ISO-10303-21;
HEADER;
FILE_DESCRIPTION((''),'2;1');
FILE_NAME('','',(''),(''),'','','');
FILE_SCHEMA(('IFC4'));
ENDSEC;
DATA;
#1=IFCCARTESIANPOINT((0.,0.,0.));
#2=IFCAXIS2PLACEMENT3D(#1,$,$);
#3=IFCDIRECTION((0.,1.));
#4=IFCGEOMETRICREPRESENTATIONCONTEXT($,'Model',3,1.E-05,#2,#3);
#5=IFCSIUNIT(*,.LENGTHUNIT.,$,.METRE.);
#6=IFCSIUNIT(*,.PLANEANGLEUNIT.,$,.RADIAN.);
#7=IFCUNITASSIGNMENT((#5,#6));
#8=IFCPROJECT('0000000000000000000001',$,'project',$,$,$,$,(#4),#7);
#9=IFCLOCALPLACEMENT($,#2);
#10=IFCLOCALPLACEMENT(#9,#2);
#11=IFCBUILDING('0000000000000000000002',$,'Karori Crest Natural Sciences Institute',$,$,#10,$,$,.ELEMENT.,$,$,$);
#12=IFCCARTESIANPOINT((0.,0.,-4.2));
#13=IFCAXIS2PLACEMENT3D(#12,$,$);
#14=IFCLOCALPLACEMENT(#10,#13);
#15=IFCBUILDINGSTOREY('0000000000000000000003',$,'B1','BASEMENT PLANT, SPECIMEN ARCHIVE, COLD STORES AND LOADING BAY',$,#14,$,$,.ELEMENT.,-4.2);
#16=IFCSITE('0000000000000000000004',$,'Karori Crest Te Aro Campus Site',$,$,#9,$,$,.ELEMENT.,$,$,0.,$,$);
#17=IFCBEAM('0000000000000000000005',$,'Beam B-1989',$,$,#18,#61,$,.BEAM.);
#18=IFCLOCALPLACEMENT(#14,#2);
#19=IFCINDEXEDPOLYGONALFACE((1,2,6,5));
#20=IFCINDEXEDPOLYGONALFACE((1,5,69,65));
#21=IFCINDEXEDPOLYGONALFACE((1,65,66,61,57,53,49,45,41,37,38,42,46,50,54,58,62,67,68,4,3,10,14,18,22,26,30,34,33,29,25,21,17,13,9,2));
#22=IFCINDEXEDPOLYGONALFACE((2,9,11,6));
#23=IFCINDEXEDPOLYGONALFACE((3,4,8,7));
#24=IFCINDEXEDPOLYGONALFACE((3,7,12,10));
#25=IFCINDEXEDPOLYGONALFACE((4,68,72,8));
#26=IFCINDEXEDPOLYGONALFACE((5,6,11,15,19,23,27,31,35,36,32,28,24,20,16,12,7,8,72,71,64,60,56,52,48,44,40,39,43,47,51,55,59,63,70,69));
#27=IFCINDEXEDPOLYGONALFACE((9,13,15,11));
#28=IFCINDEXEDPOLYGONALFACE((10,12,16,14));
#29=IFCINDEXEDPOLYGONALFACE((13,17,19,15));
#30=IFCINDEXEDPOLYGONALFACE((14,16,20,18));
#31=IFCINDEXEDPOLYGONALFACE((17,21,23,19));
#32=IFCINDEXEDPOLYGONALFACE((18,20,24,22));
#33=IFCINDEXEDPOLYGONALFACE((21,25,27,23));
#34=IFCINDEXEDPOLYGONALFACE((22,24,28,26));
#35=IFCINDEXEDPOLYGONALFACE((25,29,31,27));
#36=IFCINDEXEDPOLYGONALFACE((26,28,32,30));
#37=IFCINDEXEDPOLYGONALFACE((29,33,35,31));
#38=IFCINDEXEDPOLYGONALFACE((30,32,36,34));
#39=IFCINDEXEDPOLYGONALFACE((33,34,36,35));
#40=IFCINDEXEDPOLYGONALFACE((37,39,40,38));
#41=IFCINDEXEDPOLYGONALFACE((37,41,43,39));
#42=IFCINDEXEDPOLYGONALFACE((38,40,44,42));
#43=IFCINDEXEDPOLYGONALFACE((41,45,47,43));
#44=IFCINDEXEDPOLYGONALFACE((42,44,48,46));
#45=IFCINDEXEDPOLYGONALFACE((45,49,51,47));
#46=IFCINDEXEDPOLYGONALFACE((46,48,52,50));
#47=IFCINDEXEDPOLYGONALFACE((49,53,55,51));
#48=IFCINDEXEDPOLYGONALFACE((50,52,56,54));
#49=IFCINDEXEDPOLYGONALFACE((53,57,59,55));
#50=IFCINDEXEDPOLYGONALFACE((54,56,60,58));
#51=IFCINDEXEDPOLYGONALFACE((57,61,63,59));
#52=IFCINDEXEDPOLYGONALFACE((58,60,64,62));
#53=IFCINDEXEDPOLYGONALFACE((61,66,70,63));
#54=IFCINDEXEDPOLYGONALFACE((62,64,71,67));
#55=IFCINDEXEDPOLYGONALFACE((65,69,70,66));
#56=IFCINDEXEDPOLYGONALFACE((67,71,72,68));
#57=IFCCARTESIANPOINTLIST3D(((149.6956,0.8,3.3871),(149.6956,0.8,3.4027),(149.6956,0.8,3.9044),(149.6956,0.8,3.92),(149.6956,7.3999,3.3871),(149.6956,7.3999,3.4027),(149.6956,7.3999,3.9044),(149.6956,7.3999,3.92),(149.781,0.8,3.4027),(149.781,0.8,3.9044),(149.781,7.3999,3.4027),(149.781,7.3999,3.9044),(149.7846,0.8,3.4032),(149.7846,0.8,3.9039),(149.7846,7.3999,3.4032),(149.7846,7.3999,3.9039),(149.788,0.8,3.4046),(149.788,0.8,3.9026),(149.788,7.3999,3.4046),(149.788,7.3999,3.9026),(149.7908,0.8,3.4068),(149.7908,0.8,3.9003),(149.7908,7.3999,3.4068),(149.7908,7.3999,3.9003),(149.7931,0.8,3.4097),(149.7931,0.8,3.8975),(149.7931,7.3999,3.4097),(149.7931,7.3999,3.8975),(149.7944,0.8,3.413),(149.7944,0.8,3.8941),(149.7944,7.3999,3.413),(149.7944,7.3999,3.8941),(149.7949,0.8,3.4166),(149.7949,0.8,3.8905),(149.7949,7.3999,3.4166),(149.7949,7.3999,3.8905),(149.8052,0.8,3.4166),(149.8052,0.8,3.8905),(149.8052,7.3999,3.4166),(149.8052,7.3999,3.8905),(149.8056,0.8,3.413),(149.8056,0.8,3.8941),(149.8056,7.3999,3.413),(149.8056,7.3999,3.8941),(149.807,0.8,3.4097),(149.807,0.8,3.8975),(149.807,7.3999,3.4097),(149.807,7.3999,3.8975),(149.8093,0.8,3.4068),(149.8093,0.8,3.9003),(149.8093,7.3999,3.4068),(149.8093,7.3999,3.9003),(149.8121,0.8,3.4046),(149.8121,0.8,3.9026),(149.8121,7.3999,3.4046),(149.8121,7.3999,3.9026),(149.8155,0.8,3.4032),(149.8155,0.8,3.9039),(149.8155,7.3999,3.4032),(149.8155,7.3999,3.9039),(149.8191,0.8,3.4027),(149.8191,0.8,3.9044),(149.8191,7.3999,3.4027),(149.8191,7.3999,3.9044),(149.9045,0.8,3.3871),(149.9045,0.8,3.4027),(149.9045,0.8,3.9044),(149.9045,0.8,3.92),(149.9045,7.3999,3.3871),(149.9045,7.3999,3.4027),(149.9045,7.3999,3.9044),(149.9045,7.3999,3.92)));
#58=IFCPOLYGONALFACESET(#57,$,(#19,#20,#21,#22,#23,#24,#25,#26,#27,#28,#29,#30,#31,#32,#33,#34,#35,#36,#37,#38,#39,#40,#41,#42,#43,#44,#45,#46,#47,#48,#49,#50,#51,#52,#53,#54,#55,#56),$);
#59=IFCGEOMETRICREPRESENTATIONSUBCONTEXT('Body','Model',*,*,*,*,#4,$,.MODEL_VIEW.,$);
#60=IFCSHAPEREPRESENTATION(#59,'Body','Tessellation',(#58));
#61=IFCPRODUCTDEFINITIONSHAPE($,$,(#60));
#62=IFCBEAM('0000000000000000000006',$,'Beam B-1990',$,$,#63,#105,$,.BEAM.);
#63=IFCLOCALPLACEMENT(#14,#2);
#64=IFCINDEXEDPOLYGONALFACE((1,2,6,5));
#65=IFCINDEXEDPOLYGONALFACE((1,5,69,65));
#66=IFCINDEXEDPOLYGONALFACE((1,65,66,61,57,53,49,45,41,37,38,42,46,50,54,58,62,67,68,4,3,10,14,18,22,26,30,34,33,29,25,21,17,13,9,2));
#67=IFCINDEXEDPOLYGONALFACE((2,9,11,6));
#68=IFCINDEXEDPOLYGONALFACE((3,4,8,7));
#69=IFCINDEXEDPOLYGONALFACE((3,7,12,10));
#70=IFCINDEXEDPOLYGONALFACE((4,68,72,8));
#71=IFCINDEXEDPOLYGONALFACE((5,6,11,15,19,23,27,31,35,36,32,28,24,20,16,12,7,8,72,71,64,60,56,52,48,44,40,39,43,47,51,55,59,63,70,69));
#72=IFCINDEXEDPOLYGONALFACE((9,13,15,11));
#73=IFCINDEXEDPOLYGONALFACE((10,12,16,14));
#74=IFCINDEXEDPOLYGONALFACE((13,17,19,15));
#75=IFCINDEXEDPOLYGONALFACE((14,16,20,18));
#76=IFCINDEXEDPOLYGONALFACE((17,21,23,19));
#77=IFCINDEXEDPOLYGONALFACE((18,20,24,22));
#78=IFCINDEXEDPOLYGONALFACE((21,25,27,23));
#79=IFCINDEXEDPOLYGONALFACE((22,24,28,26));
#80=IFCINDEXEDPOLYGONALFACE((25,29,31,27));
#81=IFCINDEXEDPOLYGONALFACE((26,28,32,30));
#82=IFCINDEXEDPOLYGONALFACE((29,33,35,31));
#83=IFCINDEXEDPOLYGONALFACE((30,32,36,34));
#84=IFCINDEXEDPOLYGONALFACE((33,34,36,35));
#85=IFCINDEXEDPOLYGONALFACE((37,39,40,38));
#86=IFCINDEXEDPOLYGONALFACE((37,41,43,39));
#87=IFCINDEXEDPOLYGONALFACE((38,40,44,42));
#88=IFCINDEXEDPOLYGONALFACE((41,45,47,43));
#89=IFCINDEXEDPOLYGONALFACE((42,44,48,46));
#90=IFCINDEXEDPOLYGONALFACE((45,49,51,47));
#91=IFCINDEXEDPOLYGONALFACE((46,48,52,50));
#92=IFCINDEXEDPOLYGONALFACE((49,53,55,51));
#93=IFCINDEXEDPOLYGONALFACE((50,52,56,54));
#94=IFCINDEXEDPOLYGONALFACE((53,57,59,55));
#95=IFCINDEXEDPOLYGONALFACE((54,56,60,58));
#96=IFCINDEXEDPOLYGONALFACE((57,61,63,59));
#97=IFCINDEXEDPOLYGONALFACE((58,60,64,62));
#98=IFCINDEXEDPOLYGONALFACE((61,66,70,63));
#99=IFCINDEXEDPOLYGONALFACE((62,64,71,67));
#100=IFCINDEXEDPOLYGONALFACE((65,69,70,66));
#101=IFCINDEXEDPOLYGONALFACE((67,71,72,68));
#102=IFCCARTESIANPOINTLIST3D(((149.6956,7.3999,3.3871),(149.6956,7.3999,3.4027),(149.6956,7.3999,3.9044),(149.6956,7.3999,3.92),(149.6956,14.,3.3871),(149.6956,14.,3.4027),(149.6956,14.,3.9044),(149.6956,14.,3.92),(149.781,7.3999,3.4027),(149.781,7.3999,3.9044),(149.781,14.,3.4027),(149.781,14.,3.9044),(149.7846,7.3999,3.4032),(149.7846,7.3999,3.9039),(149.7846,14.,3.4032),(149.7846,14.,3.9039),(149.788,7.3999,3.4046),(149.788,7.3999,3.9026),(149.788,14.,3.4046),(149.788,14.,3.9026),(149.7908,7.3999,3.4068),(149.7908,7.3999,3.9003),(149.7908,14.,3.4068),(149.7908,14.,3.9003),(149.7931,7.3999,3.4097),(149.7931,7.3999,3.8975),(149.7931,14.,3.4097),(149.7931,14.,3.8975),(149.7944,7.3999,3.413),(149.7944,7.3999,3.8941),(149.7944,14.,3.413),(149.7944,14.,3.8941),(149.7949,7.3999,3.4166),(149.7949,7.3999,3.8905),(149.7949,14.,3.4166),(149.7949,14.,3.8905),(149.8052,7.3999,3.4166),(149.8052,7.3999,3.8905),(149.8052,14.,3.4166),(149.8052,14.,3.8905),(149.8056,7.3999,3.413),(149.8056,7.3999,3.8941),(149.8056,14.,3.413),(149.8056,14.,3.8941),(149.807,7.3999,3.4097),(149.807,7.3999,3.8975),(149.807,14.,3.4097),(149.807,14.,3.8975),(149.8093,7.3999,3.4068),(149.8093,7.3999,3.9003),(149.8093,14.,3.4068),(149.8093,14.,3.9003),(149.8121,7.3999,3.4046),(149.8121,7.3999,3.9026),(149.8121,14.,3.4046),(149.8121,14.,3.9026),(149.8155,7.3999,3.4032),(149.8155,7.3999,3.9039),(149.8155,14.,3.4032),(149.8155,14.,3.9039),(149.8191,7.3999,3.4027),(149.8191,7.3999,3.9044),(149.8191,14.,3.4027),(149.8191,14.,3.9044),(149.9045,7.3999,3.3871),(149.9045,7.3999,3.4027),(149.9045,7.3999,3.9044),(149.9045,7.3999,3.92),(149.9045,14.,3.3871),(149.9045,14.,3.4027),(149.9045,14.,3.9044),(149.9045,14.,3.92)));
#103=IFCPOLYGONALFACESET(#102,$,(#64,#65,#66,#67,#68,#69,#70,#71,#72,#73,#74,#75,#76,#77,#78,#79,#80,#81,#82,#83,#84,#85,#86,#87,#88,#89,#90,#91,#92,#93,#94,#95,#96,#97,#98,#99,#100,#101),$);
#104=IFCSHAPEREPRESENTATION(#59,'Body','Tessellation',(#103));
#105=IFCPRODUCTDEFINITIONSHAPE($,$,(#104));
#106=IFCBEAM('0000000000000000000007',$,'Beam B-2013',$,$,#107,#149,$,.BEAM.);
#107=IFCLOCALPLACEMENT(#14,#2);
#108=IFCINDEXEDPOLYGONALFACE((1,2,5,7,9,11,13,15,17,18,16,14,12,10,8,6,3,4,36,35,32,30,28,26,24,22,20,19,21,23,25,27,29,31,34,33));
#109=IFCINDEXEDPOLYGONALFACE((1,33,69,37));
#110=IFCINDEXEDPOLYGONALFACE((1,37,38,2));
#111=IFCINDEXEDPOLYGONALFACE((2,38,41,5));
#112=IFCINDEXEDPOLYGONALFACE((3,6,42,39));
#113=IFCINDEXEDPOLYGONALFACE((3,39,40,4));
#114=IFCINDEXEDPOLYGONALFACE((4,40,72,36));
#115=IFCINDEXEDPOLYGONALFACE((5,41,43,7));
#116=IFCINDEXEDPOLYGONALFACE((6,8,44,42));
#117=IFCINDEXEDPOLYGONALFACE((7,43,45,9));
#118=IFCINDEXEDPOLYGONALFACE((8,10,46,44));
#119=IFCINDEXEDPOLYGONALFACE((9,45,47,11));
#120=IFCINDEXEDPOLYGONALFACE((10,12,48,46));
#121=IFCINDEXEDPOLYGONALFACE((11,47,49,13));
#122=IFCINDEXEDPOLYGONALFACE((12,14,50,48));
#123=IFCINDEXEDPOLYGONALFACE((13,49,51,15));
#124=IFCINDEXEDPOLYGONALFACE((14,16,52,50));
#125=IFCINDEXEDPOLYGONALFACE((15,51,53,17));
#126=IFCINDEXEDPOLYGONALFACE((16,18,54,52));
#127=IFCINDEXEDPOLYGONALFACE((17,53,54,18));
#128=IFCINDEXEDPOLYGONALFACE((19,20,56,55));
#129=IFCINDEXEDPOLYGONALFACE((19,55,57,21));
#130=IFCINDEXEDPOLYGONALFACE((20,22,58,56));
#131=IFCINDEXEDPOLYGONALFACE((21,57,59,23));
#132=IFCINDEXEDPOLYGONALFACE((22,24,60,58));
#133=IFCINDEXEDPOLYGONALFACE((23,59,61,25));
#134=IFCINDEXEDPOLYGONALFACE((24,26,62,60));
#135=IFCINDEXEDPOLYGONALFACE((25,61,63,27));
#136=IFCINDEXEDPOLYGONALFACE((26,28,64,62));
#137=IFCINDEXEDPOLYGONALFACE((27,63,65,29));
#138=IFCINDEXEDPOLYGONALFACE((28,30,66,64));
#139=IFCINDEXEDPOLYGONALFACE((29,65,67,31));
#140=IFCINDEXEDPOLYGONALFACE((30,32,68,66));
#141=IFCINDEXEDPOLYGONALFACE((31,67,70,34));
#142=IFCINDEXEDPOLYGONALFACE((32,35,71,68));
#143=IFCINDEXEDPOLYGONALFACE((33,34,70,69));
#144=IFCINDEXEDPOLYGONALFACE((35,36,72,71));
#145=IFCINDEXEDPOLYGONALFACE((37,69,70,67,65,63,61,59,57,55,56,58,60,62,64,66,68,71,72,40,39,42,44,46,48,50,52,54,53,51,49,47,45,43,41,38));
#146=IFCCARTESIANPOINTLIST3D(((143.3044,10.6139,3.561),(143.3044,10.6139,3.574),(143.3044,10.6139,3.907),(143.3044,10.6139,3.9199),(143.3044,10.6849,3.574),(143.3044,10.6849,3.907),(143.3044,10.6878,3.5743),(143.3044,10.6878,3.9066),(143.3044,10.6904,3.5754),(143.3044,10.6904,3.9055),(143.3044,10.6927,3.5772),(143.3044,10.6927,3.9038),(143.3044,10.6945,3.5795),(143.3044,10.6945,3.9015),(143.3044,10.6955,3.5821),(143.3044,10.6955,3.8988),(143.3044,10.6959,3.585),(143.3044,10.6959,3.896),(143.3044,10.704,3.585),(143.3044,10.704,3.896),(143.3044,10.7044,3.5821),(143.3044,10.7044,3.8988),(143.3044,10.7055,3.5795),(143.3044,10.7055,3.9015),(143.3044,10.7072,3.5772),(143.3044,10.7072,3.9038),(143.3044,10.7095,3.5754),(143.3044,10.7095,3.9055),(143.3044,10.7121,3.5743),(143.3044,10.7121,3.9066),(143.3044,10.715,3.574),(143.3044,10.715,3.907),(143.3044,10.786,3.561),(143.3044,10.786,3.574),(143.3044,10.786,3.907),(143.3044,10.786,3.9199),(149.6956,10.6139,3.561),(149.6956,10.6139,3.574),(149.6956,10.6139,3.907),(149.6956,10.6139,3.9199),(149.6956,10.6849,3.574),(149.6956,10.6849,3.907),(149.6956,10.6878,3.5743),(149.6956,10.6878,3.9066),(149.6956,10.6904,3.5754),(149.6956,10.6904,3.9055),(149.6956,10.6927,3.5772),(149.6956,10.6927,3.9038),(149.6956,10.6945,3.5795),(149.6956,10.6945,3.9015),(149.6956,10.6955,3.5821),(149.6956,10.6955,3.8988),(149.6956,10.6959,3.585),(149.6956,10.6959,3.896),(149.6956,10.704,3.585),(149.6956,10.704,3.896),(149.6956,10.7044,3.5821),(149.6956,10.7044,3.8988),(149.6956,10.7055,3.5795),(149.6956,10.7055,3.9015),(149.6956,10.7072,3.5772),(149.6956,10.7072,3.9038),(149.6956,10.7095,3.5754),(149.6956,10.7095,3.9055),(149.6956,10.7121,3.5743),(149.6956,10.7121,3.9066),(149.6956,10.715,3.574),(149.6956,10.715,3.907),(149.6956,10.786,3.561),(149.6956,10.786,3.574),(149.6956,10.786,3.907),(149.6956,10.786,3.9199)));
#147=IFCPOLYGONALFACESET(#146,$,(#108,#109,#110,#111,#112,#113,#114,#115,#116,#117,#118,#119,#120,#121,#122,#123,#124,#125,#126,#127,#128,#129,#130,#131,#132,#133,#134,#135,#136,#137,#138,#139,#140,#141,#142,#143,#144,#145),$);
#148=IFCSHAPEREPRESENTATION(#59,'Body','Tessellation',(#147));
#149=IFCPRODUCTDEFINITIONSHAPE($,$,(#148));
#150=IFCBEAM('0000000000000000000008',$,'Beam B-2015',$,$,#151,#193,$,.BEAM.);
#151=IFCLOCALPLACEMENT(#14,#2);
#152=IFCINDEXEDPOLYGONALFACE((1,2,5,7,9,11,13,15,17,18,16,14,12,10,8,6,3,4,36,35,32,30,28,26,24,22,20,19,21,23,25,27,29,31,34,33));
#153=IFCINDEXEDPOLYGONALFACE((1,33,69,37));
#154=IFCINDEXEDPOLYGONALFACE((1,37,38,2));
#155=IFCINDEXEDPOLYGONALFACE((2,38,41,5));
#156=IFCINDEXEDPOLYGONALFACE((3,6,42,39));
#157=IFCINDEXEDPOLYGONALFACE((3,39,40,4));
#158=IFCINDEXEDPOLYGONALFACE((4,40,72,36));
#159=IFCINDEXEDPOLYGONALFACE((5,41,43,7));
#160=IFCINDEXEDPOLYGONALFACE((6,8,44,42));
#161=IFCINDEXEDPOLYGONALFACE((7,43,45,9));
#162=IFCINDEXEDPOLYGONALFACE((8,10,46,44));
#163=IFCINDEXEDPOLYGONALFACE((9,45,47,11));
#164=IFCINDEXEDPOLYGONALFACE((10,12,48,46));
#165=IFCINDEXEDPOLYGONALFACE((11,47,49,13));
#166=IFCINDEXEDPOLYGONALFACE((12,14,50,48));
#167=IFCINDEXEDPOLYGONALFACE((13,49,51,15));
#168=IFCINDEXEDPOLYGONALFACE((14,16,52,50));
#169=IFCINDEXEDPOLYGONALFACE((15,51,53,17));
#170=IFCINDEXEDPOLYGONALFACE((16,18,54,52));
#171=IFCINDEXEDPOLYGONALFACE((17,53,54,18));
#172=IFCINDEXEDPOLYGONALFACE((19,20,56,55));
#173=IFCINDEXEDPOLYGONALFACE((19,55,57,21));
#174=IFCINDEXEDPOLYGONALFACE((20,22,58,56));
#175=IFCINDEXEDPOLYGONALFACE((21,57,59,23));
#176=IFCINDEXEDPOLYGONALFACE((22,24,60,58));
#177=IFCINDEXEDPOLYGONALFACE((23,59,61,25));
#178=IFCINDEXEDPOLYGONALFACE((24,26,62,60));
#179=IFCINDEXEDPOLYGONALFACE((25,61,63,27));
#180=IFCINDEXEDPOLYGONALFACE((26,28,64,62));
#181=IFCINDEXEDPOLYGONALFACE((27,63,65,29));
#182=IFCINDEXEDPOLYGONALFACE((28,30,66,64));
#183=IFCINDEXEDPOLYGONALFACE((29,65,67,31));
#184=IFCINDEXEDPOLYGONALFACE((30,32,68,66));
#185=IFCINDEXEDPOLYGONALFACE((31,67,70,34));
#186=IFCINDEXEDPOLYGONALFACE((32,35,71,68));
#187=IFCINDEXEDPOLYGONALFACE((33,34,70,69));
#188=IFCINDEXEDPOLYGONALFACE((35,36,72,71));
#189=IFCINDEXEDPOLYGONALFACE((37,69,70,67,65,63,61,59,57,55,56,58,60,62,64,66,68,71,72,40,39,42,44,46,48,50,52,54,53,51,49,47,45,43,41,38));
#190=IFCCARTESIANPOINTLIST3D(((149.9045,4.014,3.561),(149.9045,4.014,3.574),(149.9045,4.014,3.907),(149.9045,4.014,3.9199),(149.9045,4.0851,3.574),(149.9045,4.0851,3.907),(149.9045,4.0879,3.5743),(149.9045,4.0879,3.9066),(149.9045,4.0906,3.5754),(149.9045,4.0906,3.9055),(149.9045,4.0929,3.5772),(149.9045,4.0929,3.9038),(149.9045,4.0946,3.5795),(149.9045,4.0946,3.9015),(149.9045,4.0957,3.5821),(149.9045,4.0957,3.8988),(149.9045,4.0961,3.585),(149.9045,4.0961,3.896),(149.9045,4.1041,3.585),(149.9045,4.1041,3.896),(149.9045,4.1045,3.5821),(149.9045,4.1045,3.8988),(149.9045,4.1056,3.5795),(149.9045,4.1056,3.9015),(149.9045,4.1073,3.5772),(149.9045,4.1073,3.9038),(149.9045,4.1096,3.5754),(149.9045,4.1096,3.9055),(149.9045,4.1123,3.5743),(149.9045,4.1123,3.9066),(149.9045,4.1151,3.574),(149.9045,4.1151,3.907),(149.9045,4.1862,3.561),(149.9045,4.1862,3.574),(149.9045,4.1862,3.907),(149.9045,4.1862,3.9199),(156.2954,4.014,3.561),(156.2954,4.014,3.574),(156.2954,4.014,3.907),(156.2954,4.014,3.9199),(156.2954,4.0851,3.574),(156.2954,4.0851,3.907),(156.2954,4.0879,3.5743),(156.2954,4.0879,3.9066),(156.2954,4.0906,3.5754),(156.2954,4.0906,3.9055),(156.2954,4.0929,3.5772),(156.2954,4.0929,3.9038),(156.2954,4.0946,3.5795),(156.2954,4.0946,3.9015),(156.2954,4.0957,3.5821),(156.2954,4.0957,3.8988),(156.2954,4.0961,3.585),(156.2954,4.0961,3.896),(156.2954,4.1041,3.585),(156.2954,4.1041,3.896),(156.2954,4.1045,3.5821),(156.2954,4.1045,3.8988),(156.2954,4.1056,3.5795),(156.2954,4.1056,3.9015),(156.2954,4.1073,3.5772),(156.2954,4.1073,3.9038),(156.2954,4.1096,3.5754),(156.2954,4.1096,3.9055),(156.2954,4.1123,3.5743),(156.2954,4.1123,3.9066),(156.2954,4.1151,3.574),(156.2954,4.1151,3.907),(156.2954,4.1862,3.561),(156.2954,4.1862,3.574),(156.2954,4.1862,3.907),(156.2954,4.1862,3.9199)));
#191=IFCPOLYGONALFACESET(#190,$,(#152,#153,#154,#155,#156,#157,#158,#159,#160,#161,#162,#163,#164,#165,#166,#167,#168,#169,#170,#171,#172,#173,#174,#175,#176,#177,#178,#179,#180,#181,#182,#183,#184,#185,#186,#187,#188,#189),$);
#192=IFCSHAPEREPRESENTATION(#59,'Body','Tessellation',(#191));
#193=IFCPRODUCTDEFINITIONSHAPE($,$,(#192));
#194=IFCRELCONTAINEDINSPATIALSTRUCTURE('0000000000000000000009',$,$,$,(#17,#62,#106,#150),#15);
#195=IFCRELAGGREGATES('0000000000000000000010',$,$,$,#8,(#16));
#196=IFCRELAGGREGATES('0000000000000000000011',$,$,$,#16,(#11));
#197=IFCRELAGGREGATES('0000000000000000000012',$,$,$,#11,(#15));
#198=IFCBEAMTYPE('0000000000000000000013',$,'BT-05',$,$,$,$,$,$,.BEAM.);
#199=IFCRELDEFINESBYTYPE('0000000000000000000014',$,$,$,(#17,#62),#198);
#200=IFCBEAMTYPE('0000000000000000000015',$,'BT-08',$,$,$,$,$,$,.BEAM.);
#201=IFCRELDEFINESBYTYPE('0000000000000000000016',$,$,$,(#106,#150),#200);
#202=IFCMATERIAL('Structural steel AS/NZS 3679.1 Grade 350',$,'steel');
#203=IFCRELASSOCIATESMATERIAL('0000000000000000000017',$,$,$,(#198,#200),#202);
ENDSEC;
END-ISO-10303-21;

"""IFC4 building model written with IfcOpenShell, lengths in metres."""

from ifc_helpers import new_model, si_unit, direction, frame, origin, origin_2d, place, context, subcontext, project, spatial, i_section, extrude, material, material_profile, profile_set, type_object, element, save


model = new_model("IFC4")

# Units and contexts
model_context = context("Model", 3, precision=1e-05, world=origin(), true_north=direction((0.0, 1.0)))
body_context = subcontext(model_context, "Body", "Model", "MODEL_VIEW")
ifc_project = project(units=[si_unit("LENGTHUNIT", "METRE"), si_unit("PLANEANGLEUNIT", "RADIAN")], contexts=[model_context])

# Site, building, storey
site_placement = place(None, origin())
site = spatial("IfcSite", under=ifc_project, at=site_placement, Name="Karori Crest Te Aro Campus Site", CompositionType="ELEMENT", RefElevation=0.0)
building_placement = place(site_placement, origin())
building = spatial("IfcBuilding", under=site, at=building_placement, Name="Karori Crest Natural Sciences Institute", CompositionType="ELEMENT")
storey_placement = place(building_placement, frame((0.0, 0.0, -4.2)))
storey = spatial("IfcBuildingStorey", under=building, at=storey_placement, Name="B1", Description="BASEMENT PLANT, SPECIMEN ARCHIVE, COLD STORES AND LOADING BAY", CompositionType="ELEMENT", Elevation=-4.2)

# Shared definitions
ifc_material_1 = material(Name="Structural steel AS/NZS 3679.1 Grade 350", Category="steel")

# Beams
ifc_material_profile_1 = material_profile(ifc_material_1, i_section(OverallWidth=0.209, OverallDepth=0.533, WebThickness=0.0103, FlangeThickness=0.0156, FilletRadius=0.0139, at=origin_2d()), Name="530UB92.4")
ifc_profile_set_1 = profile_set([ifc_material_profile_1], Name="Structural steel AS/NZS 3679.1 Grade 350")
beam_type_1 = type_object("IfcBeamType", Name="BT-05", PredefinedType="BEAM", material=ifc_profile_set_1)
beam_1_placement = place(storey_placement, frame((149.8, 0.8, 3.6536), z_axis=(0.0, 1.0, 0.0), x_axis=(-1.0, 0.0, 0.0)))
element("IfcBeam", 1, at=beam_1_placement, inside=storey, type_object=beam_type_1, Name="Beam B-1989", PredefinedType="BEAM", context=body_context, shape_type="SweptSolid", body=[
    extrude(i_section(OverallWidth=0.209, OverallDepth=0.533, WebThickness=0.0103, FlangeThickness=0.0156, FilletRadius=0.0139, at=origin_2d()), origin(), (0.0, 0.0, 1.0), 6.5999),
])
beam_2_placement = place(storey_placement, frame((149.8, 7.3999, 3.6536), z_axis=(0.0, 1.0, 0.0), x_axis=(-1.0, 0.0, 0.0)))
element("IfcBeam", 2, at=beam_2_placement, inside=storey, type_object=beam_type_1, Name="Beam B-1990", PredefinedType="BEAM", context=body_context, shape_type="SweptSolid", body=[
    extrude(i_section(OverallWidth=0.209, OverallDepth=0.533, WebThickness=0.0103, FlangeThickness=0.0156, FilletRadius=0.0139, at=origin_2d()), origin(), (0.0, 0.0, 1.0), 6.6001),
])
ifc_material_profile_2 = material_profile(ifc_material_1, i_section(OverallWidth=0.1721, OverallDepth=0.3589, WebThickness=0.0081, FlangeThickness=0.0129, FilletRadius=0.011, at=origin_2d()), Name="360UB56.7")
ifc_profile_set_2 = profile_set([ifc_material_profile_2], Name="Structural steel AS/NZS 3679.1 Grade 350")
beam_type_2 = type_object("IfcBeamType", Name="BT-08", PredefinedType="BEAM", material=ifc_profile_set_2)
beam_3_placement = place(storey_placement, frame((143.3044, 10.7, 3.7405), z_axis=(1.0, 0.0, 0.0), x_axis=(0.0, 1.0, 0.0)))
element("IfcBeam", 3, at=beam_3_placement, inside=storey, type_object=beam_type_2, Name="Beam B-2013", PredefinedType="BEAM", context=body_context, shape_type="SweptSolid", body=[
    extrude(i_section(OverallWidth=0.1721, OverallDepth=0.3589, WebThickness=0.0081, FlangeThickness=0.0129, FilletRadius=0.011, at=origin_2d()), origin(), (0.0, 0.0, 1.0), 6.3911),
])
beam_4_placement = place(storey_placement, frame((149.9045, 4.1001, 3.7405), z_axis=(1.0, 0.0, 0.0), x_axis=(0.0, 1.0, 0.0)))
element("IfcBeam", 4, at=beam_4_placement, inside=storey, type_object=beam_type_2, Name="Beam B-2015", PredefinedType="BEAM", context=body_context, shape_type="SweptSolid", body=[
    extrude(i_section(OverallWidth=0.1721, OverallDepth=0.3589, WebThickness=0.0081, FlangeThickness=0.0129, FilletRadius=0.011, at=origin_2d()), origin(), (0.0, 0.0, 1.0), 6.3909),
])

save(model, "model.ifc")
